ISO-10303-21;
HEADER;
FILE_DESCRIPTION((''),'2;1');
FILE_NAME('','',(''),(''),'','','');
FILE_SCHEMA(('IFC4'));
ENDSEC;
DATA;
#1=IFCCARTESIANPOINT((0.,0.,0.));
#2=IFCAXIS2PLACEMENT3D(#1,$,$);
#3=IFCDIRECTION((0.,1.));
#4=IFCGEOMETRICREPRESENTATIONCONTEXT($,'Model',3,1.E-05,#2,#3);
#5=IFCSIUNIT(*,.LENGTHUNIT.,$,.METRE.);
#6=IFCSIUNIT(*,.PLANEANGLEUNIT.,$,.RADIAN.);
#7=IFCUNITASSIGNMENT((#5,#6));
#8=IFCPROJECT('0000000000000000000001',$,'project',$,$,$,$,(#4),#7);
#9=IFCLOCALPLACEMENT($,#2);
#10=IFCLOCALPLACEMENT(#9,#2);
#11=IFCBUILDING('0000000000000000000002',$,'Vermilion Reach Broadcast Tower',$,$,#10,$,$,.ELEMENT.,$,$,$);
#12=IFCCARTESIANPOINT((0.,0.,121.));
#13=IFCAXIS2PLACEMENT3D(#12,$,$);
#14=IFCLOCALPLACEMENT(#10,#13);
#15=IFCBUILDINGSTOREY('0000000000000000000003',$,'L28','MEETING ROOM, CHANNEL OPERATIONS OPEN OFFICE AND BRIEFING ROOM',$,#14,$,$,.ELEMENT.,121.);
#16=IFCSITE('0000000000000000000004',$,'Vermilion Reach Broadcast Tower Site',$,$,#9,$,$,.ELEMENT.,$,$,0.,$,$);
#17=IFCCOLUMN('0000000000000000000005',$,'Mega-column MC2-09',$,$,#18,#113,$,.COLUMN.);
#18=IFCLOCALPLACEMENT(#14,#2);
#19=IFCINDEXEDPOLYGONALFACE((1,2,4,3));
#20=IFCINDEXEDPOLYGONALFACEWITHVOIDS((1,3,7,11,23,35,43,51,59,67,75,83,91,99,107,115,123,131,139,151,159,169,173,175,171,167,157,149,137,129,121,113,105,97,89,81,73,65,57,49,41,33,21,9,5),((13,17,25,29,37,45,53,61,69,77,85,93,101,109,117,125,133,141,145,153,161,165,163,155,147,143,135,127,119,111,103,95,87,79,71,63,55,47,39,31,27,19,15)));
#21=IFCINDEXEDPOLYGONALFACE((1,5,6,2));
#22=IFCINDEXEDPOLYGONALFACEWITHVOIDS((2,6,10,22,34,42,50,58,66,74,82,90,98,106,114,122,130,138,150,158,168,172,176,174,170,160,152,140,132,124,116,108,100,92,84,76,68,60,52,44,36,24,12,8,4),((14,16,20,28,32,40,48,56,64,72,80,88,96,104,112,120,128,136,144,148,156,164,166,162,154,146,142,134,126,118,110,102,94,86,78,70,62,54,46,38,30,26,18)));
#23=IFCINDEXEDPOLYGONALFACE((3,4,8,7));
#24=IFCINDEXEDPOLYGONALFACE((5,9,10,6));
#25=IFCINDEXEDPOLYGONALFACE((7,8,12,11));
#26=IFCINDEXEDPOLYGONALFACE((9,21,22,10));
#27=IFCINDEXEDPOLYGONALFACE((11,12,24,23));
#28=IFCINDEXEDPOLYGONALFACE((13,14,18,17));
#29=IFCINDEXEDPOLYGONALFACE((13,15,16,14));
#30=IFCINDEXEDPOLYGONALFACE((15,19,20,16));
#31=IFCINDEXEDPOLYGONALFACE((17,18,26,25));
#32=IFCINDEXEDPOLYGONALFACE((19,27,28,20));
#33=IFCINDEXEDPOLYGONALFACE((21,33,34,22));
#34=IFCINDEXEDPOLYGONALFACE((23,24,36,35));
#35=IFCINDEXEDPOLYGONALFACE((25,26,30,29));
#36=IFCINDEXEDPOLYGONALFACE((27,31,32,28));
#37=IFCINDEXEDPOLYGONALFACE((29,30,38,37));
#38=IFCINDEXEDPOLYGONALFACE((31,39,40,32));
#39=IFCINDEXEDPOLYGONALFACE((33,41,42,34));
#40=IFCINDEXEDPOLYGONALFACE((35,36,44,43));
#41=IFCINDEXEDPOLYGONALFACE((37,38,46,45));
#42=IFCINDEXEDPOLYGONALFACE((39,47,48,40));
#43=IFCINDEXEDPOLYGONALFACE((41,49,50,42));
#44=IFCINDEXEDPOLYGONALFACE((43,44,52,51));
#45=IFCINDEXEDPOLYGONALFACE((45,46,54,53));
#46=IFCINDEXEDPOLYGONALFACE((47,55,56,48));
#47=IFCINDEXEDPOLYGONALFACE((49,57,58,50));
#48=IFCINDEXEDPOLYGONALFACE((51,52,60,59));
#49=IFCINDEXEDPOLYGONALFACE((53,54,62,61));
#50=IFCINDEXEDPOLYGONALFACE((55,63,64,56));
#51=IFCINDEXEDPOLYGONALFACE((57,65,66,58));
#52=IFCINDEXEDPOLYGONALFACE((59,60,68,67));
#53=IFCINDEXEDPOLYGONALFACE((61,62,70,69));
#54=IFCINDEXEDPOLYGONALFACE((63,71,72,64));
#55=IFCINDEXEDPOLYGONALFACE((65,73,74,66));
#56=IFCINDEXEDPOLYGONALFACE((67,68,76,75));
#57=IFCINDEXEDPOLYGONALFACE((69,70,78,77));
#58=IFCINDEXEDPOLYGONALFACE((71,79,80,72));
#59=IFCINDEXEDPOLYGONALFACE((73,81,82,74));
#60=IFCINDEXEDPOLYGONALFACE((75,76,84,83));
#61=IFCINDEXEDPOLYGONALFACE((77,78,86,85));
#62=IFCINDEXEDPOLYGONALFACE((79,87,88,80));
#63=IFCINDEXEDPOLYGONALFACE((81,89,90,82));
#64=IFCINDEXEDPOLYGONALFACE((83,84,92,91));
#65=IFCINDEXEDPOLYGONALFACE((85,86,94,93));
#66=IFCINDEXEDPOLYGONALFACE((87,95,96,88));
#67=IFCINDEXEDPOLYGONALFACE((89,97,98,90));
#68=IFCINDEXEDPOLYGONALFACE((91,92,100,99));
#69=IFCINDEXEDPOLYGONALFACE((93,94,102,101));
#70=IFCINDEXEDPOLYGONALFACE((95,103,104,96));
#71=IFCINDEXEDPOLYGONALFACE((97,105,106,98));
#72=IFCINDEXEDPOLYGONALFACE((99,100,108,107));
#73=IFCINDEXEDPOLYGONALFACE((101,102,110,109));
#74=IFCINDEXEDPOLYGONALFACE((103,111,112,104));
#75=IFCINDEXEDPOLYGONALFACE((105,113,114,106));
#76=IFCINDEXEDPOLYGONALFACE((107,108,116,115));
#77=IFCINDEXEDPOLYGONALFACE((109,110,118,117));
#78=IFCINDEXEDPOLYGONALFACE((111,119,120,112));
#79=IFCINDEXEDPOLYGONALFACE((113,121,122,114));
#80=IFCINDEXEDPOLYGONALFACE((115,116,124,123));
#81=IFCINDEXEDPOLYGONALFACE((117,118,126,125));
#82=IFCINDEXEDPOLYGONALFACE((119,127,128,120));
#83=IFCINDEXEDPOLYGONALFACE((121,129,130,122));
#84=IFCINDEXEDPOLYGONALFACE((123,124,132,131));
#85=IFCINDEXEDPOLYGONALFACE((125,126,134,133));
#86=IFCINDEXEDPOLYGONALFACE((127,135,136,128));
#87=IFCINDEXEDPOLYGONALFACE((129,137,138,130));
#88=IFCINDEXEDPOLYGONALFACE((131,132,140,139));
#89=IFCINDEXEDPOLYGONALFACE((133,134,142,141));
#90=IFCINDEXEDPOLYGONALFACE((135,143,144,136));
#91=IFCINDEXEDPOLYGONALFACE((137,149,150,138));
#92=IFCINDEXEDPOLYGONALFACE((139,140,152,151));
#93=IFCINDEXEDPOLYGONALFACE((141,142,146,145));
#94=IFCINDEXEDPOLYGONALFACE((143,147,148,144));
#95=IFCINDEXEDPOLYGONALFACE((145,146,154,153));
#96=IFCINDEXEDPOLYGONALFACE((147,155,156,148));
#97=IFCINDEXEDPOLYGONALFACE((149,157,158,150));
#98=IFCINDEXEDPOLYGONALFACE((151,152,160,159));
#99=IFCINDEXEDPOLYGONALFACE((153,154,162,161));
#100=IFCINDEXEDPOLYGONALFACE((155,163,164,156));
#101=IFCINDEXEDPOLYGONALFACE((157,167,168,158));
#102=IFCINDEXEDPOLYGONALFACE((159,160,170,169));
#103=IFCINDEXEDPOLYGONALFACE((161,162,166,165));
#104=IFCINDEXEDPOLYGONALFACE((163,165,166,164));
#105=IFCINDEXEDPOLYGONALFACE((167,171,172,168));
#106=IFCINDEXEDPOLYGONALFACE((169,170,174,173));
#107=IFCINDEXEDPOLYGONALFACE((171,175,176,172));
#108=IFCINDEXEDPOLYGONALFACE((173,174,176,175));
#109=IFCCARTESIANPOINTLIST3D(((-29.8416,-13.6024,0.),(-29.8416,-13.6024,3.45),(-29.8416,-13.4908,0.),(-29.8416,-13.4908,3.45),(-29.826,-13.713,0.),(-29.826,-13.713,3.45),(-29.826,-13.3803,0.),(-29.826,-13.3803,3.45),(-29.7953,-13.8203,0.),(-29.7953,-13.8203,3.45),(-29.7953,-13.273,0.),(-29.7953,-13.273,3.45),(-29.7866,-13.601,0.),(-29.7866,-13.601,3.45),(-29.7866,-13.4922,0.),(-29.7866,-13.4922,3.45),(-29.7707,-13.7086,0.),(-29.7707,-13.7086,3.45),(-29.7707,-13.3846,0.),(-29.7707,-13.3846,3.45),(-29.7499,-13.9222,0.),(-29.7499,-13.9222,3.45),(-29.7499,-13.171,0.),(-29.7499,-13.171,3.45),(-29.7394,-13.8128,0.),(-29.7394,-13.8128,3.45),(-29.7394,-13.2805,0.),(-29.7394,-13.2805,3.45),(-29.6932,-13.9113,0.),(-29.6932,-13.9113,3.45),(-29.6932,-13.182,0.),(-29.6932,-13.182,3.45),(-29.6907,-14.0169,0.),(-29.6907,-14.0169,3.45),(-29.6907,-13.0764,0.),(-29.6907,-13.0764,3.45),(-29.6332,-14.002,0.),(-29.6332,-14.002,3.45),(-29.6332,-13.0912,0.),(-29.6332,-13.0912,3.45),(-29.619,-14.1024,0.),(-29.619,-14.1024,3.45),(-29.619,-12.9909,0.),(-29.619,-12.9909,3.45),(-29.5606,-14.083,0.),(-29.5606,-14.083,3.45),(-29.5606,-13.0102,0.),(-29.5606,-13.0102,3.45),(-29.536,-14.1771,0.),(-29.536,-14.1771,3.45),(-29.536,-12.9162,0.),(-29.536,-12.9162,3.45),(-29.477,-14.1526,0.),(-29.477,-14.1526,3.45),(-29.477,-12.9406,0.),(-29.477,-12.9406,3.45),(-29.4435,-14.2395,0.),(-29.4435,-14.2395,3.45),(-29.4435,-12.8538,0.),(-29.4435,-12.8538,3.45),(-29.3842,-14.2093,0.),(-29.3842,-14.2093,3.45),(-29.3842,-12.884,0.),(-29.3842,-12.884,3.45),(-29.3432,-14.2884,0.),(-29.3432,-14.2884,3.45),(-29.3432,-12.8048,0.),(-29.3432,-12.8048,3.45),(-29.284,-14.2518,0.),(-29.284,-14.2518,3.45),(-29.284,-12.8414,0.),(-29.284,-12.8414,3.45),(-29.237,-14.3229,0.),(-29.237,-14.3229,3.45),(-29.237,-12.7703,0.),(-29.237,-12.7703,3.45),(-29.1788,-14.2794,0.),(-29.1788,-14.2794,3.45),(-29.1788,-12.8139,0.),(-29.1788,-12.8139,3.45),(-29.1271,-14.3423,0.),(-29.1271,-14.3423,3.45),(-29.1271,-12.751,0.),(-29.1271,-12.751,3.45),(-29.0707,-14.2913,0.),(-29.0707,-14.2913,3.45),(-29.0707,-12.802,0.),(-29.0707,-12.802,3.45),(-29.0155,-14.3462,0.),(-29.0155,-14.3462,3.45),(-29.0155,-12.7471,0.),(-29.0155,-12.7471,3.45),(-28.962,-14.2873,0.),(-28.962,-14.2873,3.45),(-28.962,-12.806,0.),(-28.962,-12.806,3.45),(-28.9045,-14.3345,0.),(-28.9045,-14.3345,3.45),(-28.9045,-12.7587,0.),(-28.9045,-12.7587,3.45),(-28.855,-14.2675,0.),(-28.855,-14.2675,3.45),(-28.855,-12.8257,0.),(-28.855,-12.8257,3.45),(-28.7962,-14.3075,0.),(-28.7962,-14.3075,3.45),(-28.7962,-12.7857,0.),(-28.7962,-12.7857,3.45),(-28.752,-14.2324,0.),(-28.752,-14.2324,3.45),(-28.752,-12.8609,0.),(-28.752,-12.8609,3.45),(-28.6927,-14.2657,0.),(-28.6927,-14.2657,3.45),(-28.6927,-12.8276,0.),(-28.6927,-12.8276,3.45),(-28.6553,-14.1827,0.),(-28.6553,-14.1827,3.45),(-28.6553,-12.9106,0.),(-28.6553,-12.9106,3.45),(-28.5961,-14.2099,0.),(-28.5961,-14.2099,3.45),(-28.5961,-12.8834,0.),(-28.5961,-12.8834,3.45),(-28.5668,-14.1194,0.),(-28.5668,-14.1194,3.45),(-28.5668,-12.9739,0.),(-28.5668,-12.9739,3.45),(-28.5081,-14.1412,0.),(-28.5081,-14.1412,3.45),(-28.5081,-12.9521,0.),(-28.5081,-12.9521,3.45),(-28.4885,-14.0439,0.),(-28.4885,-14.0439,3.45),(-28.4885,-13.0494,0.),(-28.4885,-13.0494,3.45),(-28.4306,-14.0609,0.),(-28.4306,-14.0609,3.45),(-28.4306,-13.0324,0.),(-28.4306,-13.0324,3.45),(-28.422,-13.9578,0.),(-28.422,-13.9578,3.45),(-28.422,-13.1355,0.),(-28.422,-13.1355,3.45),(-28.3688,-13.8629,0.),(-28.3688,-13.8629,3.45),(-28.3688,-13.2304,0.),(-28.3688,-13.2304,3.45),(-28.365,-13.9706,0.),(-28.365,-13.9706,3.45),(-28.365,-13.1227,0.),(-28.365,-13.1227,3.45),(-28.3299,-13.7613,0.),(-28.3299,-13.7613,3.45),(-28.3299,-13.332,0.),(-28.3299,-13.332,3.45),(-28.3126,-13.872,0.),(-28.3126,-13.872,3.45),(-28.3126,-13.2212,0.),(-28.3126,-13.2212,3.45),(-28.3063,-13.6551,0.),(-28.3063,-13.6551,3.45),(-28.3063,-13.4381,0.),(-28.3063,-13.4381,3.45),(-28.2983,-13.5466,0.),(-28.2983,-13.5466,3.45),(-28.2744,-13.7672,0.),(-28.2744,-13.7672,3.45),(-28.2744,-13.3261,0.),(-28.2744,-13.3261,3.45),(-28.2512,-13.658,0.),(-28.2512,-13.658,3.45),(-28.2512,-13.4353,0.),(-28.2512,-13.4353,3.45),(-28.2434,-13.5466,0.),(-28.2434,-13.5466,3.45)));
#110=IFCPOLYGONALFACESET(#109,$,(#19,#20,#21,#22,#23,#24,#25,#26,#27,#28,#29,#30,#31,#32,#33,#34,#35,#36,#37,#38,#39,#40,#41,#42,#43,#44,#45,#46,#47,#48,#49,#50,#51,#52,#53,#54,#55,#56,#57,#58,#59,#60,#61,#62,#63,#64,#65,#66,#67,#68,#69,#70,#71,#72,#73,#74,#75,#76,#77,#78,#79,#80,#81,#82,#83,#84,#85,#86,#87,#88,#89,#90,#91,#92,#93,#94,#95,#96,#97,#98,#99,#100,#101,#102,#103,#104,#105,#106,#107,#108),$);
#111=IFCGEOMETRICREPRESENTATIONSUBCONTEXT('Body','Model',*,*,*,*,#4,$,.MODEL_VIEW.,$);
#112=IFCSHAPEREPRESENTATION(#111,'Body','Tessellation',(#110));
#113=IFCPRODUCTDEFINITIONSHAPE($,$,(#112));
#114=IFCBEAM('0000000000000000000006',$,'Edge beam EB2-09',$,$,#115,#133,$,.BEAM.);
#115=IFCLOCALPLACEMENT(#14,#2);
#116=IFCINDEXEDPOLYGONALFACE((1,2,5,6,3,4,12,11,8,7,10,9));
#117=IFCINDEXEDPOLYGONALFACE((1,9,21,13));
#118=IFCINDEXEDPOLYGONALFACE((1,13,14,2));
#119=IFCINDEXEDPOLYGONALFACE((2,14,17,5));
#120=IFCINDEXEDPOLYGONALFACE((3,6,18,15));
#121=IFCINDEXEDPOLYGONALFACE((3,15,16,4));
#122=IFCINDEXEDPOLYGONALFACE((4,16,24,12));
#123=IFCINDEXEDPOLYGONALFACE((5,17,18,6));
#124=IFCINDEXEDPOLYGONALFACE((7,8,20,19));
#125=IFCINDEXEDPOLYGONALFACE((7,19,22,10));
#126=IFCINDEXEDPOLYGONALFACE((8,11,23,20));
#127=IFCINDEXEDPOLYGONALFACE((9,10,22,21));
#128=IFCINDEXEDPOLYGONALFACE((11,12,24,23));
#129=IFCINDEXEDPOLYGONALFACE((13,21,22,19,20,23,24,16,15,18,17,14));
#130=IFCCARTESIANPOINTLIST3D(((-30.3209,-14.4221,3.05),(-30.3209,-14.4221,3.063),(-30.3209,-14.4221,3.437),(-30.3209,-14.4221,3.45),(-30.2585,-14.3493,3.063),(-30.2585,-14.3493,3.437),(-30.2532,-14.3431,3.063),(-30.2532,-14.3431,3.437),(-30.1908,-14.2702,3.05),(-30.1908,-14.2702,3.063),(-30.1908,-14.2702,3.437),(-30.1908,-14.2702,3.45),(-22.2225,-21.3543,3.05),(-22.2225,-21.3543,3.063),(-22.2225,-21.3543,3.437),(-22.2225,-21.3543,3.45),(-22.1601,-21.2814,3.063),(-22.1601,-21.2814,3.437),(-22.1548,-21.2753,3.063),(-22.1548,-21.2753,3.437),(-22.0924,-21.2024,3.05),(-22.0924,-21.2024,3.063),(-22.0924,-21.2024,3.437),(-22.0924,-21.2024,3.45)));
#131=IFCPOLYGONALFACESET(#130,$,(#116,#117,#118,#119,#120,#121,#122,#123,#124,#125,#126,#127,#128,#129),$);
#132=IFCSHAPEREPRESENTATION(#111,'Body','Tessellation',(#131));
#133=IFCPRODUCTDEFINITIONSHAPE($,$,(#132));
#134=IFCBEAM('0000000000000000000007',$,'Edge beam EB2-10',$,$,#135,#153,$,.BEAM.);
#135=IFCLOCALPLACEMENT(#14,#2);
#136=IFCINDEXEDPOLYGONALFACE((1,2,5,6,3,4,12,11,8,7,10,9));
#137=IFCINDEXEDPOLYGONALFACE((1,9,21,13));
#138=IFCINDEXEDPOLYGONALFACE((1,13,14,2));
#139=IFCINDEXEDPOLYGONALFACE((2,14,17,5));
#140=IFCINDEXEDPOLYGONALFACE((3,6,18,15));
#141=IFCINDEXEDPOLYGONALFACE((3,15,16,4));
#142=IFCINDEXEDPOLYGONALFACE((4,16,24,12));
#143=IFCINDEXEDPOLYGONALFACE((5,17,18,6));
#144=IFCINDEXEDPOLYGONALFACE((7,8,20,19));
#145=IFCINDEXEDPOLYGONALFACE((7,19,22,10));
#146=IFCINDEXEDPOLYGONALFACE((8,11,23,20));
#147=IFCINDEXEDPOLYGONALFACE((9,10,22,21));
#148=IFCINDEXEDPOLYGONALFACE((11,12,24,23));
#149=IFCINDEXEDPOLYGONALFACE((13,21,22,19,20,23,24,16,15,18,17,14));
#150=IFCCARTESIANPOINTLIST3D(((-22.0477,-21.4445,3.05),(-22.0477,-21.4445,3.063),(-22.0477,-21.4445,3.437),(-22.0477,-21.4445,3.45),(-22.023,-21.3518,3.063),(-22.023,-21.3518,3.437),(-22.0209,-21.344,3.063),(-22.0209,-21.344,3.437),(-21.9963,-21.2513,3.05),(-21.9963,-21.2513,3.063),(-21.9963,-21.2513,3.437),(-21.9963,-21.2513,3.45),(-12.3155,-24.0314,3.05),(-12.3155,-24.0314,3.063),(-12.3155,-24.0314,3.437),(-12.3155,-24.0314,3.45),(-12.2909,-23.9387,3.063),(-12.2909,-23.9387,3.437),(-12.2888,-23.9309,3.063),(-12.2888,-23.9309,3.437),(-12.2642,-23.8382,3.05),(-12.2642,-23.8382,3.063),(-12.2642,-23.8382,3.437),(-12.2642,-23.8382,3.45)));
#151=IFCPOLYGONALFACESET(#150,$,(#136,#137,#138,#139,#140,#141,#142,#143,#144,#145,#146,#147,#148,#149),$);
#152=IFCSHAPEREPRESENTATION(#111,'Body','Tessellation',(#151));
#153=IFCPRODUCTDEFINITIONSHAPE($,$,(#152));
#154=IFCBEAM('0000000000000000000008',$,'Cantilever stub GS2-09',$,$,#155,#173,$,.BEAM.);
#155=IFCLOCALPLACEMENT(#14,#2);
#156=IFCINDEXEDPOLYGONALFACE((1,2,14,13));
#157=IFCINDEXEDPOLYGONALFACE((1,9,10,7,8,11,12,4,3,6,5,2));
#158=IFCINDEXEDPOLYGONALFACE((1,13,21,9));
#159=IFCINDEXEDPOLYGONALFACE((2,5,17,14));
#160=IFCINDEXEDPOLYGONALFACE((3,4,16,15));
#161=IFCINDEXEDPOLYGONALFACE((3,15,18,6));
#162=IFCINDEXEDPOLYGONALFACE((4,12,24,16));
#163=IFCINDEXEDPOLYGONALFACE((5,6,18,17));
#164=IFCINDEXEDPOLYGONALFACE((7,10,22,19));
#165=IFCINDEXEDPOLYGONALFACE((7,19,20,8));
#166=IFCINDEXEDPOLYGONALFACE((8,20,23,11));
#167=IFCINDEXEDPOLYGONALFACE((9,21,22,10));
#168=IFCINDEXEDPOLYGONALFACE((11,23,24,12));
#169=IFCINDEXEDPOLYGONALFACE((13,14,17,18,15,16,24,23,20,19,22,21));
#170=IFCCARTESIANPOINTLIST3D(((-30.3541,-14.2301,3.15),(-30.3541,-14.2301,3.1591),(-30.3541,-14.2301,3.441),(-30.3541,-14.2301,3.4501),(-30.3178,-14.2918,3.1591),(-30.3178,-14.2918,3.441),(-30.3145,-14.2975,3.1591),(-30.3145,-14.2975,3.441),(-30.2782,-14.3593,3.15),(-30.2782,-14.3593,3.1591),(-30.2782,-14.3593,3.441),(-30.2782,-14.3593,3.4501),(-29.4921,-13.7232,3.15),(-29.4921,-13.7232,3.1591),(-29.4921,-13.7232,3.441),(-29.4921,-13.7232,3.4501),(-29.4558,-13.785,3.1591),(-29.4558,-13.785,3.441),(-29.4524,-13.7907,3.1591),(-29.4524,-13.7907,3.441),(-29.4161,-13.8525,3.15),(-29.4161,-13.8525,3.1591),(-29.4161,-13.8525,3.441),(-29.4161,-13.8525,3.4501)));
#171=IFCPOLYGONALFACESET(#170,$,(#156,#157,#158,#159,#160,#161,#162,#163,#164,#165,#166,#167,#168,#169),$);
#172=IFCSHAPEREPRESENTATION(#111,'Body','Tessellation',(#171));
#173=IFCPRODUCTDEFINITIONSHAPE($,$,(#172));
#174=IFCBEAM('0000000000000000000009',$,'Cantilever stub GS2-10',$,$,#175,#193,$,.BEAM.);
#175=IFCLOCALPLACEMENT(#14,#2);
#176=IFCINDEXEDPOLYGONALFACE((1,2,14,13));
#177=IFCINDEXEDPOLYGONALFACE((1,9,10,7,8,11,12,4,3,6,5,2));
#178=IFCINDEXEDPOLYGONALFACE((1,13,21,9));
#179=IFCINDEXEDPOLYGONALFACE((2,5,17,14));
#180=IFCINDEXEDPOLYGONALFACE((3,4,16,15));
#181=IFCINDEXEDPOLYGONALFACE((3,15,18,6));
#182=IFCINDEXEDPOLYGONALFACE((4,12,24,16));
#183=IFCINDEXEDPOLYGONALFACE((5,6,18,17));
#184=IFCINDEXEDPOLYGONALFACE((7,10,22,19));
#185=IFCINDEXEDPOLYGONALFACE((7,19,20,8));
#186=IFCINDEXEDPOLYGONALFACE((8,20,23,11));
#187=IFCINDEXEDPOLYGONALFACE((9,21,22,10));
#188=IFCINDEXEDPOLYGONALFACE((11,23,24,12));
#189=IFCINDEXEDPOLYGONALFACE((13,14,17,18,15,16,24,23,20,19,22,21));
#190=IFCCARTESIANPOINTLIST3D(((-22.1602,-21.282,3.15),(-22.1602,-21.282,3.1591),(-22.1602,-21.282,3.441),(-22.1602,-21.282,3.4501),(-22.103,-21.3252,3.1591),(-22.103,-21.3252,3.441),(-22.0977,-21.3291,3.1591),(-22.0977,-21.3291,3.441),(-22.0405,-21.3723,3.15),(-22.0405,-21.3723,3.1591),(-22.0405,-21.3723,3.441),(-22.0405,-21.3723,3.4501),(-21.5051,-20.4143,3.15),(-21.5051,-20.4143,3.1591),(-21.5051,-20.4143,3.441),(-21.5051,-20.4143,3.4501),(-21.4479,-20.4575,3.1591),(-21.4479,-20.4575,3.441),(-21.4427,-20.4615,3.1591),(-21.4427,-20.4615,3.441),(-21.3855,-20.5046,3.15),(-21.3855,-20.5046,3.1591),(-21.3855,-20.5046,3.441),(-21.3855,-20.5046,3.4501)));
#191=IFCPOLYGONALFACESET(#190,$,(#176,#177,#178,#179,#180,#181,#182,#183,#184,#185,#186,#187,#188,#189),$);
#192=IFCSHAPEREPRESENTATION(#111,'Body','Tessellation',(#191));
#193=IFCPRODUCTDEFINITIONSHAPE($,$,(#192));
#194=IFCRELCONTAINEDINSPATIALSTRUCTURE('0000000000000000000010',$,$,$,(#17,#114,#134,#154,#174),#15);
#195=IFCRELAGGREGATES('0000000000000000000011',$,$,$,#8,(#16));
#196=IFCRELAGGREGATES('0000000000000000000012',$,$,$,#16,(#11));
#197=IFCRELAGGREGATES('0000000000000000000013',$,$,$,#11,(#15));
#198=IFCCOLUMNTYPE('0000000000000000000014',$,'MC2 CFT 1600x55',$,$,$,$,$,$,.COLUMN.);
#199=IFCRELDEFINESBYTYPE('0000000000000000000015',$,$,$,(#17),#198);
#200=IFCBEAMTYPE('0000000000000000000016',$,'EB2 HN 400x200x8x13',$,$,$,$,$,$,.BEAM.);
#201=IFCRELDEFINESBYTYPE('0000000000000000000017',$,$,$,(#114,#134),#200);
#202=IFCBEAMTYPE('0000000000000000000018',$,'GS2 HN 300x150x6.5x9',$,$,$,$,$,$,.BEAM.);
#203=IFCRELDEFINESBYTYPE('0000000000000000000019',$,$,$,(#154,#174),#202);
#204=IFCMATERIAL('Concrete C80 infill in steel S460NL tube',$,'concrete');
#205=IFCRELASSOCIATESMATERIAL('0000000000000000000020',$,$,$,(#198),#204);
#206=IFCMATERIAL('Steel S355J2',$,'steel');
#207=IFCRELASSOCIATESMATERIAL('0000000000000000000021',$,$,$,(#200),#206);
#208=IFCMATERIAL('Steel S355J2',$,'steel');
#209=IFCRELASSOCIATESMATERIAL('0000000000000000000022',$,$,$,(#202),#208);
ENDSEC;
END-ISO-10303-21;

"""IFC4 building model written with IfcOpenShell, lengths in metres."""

from ifc_helpers import new_model, si_unit, direction, frame, origin, origin_2d, place, context, subcontext, project, spatial, hollow_circle, i_section, extrude, material, material_profile, profile_set, type_object, element, save


model = new_model("IFC4")

# Units and contexts
model_context = context("Model", 3, precision=1e-05, world=origin(), true_north=direction((0.0, 1.0)))
body_context = subcontext(model_context, "Body", "Model", "MODEL_VIEW")
ifc_project = project(units=[si_unit("LENGTHUNIT", "METRE"), si_unit("PLANEANGLEUNIT", "RADIAN")], contexts=[model_context])

# Site, building, storey
site_placement = place(None, origin())
site = spatial("IfcSite", under=ifc_project, at=site_placement, Name="Vermilion Reach Broadcast Tower Site", CompositionType="ELEMENT", RefElevation=0.0)
building_placement = place(site_placement, origin())
building = spatial("IfcBuilding", under=site, at=building_placement, Name="Vermilion Reach Broadcast Tower", CompositionType="ELEMENT")
storey_placement = place(building_placement, frame((0.0, 0.0, 121.0)))
storey = spatial("IfcBuildingStorey", under=building, at=storey_placement, Name="L28", Description="MEETING ROOM, CHANNEL OPERATIONS OPEN OFFICE AND BRIEFING ROOM", CompositionType="ELEMENT", Elevation=121.0)

# Column
ifc_material_1 = material(Name="Concrete C80 infill in steel S460NL tube", Category="concrete")
ifc_material_profile_1 = material_profile(ifc_material_1, hollow_circle(Radius=0.8, WallThickness=0.0549, at=origin_2d()), Name="Concrete C80 infill in steel S460NL tube CFT 1600x55")
ifc_profile_set_1 = profile_set([ifc_material_profile_1], Name="Concrete C80 infill in steel S460NL tube")
column_type = type_object("IfcColumnType", Name="MC2 CFT 1600x55", PredefinedType="COLUMN", material=ifc_profile_set_1)
column_placement = place(storey_placement, frame((-29.0435, -13.5466, 0.0), z_axis=(0.0, 0.0, 1.0), x_axis=(1.0, 0.0, 0.0)))
element("IfcColumn", 1, at=column_placement, inside=storey, type_object=column_type, Name="Mega-column MC2-09", PredefinedType="COLUMN", context=body_context, shape_type="SweptSolid", body=[
    extrude(hollow_circle(Radius=0.8, WallThickness=0.0549, at=origin_2d()), origin(), (0.0, 0.0, 1.0), 3.45),
])

# Beams
ifc_material_2 = material(Name="Steel S355J2", Category="steel")
ifc_material_profile_2 = material_profile(ifc_material_2, i_section(OverallWidth=0.2, OverallDepth=0.3999, WebThickness=0.0081, FlangeThickness=0.0129, at=origin_2d()), Name="S355J2 HN 400x200x8x13")
ifc_profile_set_2 = profile_set([ifc_material_profile_2], Name="Steel S355J2")
beam_type_1 = type_object("IfcBeamType", Name="EB2 HN 400x200x8x13", PredefinedType="BEAM", material=ifc_profile_set_2)
beam_1_placement = place(storey_placement, frame((-30.2559, -14.3462, 3.25), z_axis=(0.75969, -0.650286, 0.0), x_axis=(0.650286, 0.75969, 0.0)))
element("IfcBeam", 2, at=beam_1_placement, inside=storey, type_object=beam_type_1, Name="Edge beam EB2-09", PredefinedType="BEAM", context=body_context, shape_type="SweptSolid", body=[
    extrude(i_section(OverallWidth=0.2, OverallDepth=0.3999, WebThickness=0.0081, FlangeThickness=0.0129, at=origin_2d()), origin(), (0.0, 0.0, 1.0), 10.6602),
])
beam_2_placement = place(storey_placement, frame((-22.022, -21.3479, 3.25), z_axis=(0.966441, -0.25689, 0.0), x_axis=(0.25689, 0.966441, 0.0)))
element("IfcBeam", 3, at=beam_2_placement, inside=storey, type_object=beam_type_1, Name="Edge beam EB2-10", PredefinedType="BEAM", context=body_context, shape_type="SweptSolid", body=[
    extrude(i_section(OverallWidth=0.2, OverallDepth=0.3999, WebThickness=0.0081, FlangeThickness=0.0129, at=origin_2d()), origin(), (0.0, 0.0, 1.0), 10.0701),
])
ifc_material_3 = material(Name="Steel S355J2", Category="steel")
ifc_material_profile_3 = material_profile(ifc_material_3, i_section(OverallWidth=0.1499, OverallDepth=0.3, WebThickness=0.0066, FlangeThickness=0.009, at=origin_2d()), Name="S355J2 HN 300x150x6.5x9")
ifc_profile_set_3 = profile_set([ifc_material_profile_3], Name="Steel S355J2")
beam_type_2 = type_object("IfcBeamType", Name="GS2 HN 300x150x6.5x9", PredefinedType="BEAM", material=ifc_profile_set_3)
beam_3_placement = place(storey_placement, frame((-29.4541, -13.7878, 3.3), z_axis=(-0.862047, -0.506828, 0.0), x_axis=(0.506828, -0.862047, 0.0)))
element("IfcBeam", 4, at=beam_3_placement, inside=storey, type_object=beam_type_2, Name="Cantilever stub GS2-09", PredefinedType="BEAM", context=body_context, shape_type="SweptSolid", body=[
    extrude(i_section(OverallWidth=0.1499, OverallDepth=0.3, WebThickness=0.0066, FlangeThickness=0.009, at=origin_2d()), origin(), (0.0, 0.0, 1.0), 1.0),
])
beam_4_placement = place(storey_placement, frame((-21.4453, -20.4595, 3.3), z_axis=(-0.602512, -0.79811, 0.0), x_axis=(0.79811, -0.602512, 0.0)))
element("IfcBeam", 5, at=beam_4_placement, inside=storey, type_object=beam_type_2, Name="Cantilever stub GS2-10", PredefinedType="BEAM", context=body_context, shape_type="SweptSolid", body=[
    extrude(i_section(OverallWidth=0.1499, OverallDepth=0.3, WebThickness=0.0066, FlangeThickness=0.009, at=origin_2d()), origin(), (0.0, 0.0, 1.0), 1.0872),
])

save(model, "model.ifc")
